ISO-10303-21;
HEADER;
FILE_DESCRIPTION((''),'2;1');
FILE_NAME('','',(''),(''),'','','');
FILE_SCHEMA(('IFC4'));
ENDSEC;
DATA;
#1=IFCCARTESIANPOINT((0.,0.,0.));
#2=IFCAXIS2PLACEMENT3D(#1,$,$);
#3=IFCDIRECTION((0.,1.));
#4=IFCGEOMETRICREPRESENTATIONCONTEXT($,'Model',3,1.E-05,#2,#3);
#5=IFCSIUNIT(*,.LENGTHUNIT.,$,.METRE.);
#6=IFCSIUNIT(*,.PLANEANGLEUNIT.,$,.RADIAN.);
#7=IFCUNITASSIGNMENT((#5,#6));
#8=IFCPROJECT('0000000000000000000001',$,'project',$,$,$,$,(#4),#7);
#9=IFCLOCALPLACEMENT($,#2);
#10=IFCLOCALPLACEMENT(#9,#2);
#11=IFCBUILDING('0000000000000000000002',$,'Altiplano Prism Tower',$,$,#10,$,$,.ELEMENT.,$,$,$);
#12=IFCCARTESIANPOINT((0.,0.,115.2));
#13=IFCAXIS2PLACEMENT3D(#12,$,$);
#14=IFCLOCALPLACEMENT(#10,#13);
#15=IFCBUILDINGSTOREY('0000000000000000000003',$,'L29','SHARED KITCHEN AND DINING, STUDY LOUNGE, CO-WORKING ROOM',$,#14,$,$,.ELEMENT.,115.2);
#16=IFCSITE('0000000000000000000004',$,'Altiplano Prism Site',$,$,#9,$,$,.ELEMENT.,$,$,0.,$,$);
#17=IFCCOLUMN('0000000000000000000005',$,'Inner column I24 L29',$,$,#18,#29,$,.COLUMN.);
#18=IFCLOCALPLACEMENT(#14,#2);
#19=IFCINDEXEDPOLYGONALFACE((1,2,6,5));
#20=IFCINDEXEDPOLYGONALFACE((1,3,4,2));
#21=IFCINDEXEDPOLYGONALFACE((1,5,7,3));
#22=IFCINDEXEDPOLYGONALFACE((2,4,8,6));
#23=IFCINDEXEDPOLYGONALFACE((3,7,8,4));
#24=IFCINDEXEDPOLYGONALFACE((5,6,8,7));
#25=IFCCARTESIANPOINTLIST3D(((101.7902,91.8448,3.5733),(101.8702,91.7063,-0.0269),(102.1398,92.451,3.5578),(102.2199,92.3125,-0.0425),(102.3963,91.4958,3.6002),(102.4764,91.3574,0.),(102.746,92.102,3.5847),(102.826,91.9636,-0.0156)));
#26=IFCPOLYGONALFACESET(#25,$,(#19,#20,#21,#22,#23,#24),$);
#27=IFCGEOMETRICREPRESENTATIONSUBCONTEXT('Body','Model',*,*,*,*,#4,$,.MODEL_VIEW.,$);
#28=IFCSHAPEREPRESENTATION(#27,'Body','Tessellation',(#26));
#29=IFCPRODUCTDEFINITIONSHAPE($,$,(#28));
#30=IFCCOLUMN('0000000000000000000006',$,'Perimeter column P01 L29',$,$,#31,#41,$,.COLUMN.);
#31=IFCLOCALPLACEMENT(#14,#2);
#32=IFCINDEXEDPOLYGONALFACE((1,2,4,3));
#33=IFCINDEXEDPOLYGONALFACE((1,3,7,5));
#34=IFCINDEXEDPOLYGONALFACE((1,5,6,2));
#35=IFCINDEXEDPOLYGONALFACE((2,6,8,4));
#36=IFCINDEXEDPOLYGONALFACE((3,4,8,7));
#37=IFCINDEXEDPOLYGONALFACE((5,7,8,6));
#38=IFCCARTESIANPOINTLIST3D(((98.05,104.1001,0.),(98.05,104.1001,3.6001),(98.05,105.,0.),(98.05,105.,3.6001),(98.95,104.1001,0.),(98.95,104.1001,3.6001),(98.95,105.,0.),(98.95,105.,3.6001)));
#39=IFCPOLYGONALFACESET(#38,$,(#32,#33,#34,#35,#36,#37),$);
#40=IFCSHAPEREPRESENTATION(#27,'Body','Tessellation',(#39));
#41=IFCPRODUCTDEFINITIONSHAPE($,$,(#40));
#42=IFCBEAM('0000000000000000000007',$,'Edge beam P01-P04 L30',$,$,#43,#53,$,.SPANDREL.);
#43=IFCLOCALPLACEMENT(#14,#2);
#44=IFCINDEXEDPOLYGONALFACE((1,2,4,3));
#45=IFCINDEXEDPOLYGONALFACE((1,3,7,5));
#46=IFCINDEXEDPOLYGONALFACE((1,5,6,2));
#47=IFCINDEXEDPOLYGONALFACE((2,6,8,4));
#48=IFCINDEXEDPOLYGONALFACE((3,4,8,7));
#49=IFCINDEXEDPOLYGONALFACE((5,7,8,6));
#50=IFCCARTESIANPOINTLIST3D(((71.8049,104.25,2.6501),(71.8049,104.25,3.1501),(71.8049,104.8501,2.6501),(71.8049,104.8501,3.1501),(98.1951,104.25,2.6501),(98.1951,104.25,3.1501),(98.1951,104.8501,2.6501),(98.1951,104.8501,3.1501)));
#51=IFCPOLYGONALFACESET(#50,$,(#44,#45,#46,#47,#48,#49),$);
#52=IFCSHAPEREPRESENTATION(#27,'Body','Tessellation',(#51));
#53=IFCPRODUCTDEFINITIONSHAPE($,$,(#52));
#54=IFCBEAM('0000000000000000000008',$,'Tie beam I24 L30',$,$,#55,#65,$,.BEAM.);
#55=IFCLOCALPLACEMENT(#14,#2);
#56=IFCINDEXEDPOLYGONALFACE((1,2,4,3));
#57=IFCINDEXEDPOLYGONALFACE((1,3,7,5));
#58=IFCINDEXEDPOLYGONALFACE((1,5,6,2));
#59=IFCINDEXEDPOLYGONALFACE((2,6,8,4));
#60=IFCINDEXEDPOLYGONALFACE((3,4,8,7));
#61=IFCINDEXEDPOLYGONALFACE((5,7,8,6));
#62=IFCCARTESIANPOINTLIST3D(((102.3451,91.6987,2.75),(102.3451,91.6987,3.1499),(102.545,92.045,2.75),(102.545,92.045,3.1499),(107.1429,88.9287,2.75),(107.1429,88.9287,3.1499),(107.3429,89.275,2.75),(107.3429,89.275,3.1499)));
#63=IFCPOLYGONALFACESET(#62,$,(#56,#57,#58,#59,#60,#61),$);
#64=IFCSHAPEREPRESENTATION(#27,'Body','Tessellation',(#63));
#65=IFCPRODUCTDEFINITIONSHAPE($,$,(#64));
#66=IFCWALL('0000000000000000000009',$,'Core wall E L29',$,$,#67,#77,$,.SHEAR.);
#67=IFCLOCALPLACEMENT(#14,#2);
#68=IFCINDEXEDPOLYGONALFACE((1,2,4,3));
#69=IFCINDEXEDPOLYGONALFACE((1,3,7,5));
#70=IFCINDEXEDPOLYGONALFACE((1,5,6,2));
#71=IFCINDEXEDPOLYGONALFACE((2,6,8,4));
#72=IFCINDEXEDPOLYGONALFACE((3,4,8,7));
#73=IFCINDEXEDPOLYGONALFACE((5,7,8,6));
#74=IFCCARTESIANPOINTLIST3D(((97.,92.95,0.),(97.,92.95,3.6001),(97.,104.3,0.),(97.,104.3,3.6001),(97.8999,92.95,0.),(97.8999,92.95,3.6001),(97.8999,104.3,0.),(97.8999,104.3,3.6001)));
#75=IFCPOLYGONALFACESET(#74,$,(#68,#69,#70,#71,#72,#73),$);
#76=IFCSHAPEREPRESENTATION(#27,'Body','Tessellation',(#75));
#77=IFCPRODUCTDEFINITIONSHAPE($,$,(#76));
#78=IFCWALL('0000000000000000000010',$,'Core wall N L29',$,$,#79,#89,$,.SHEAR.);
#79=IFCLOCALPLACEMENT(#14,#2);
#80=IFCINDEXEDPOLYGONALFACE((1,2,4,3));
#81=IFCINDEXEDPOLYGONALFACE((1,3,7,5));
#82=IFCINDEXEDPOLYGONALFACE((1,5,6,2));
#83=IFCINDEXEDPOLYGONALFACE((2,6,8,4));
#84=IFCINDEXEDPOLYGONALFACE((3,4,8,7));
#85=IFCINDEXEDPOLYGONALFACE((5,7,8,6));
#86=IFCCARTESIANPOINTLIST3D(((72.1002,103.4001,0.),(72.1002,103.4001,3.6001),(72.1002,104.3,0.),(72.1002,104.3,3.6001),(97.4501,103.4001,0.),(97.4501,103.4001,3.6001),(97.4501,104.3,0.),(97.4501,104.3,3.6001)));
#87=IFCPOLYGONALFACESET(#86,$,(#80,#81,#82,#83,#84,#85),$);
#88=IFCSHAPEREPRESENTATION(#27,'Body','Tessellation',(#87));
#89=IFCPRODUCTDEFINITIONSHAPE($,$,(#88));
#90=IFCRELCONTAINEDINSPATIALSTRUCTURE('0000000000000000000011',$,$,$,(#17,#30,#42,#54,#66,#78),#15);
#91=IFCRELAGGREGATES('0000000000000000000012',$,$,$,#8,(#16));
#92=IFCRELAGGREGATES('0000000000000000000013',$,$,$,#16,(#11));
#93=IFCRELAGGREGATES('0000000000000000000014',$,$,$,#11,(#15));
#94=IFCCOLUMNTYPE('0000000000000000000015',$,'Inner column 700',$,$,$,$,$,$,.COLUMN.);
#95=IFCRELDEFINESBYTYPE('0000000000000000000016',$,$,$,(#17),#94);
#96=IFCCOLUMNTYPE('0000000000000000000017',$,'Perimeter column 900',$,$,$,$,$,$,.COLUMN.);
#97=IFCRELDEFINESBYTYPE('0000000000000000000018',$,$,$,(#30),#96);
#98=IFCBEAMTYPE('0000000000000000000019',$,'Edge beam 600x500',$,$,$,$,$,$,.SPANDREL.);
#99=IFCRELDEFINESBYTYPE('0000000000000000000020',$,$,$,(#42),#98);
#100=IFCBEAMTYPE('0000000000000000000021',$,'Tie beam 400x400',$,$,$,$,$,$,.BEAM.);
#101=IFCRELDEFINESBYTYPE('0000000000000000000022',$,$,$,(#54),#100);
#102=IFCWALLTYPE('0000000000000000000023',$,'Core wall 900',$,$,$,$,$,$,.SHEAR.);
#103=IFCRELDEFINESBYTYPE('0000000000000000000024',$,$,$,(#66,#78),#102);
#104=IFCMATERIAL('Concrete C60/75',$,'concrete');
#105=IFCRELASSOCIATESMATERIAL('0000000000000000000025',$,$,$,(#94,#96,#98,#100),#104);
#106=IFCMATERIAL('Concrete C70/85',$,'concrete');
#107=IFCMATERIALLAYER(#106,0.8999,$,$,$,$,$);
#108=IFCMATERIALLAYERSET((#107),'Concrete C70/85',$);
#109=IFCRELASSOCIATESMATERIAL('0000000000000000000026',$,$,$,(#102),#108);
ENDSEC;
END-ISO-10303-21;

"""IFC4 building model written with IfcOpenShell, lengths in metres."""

from ifc_helpers import new_model, si_unit, direction, frame, frame_2d, origin, origin_2d, place, context, subcontext, project, spatial, rectangle, extrude, material, layer, layer_set, material_profile, profile_set, type_object, element, save


model = new_model("IFC4")

# Units and contexts
model_context = context("Model", 3, precision=1e-05, world=origin(), true_north=direction((0.0, 1.0)))
body_context = subcontext(model_context, "Body", "Model", "MODEL_VIEW")
ifc_project = project(units=[si_unit("LENGTHUNIT", "METRE"), si_unit("PLANEANGLEUNIT", "RADIAN")], contexts=[model_context])

# Site, building, storey
site_placement = place(None, origin())
site = spatial("IfcSite", under=ifc_project, at=site_placement, Name="Altiplano Prism Site", CompositionType="ELEMENT", RefElevation=0.0)
building_placement = place(site_placement, origin())
building = spatial("IfcBuilding", under=site, at=building_placement, Name="Altiplano Prism Tower", CompositionType="ELEMENT")
storey_placement = place(building_placement, frame((0.0, 0.0, 115.2)))
storey = spatial("IfcBuildingStorey", under=building, at=storey_placement, Name="L29", Description="SHARED KITCHEN AND DINING, STUDY LOUNGE, CO-WORKING ROOM", CompositionType="ELEMENT", Elevation=115.2)

# Columns
ifc_material_1 = material(Name="Concrete C60/75", Category="concrete")
ifc_material_profile_1 = material_profile(ifc_material_1, rectangle(XDim=0.7, YDim=0.7, at=origin_2d()), Name="Inner column 700")
ifc_profile_set_1 = profile_set([ifc_material_profile_1], Name="Concrete C60/75")
column_type_1 = type_object("IfcColumnType", Name="Inner column 700", PredefinedType="COLUMN", material=ifc_profile_set_1)
column_1_placement = place(storey_placement, frame((102.3481, 91.835, -0.0212), z_axis=(-0.022221, 0.038413, 0.999015), x_axis=(-0.499508, -0.866025, 0.022189)))
element("IfcColumn", 1, at=column_1_placement, inside=storey, type_object=column_type_1, Name="Inner column I24 L29", PredefinedType="COLUMN", context=body_context, shape_type="SweptSolid", body=[
    extrude(rectangle(XDim=0.7, YDim=0.7, at=origin_2d()), origin(), (0.0, 0.0, 1.0), 3.6038),
])
ifc_material_profile_2 = material_profile(ifc_material_1, rectangle(XDim=0.8999, YDim=0.8999, at=origin_2d()), Name="Perimeter column 900")
ifc_profile_set_2 = profile_set([ifc_material_profile_2], Name="Concrete C60/75")
column_type_2 = type_object("IfcColumnType", Name="Perimeter column 900", PredefinedType="COLUMN", material=ifc_profile_set_2)
column_2_placement = place(storey_placement, frame((98.5, 104.55, 0.0), z_axis=(0.0, 0.0, 1.0), x_axis=(1.0, 0.0, 0.0)))
element("IfcColumn", 2, at=column_2_placement, inside=storey, type_object=column_type_2, Name="Perimeter column P01 L29", PredefinedType="COLUMN", context=body_context, shape_type="SweptSolid", body=[
    extrude(rectangle(XDim=0.8999, YDim=0.8999, at=origin_2d()), origin(), (0.0, 0.0, 1.0), 3.6001),
])

# Beams
ifc_material_profile_3 = material_profile(ifc_material_1, rectangle(XDim=0.6001, YDim=0.5, at=origin_2d()), Name="Edge beam 600x500")
ifc_profile_set_3 = profile_set([ifc_material_profile_3], Name="Concrete C60/75")
beam_type_1 = type_object("IfcBeamType", Name="Edge beam 600x500", PredefinedType="SPANDREL", material=ifc_profile_set_3)
beam_1_placement = place(storey_placement, frame((98.1951, 104.55, 2.9001), z_axis=(-1.0, 0.0, 0.0), x_axis=(0.0, -1.0, 0.0)))
element("IfcBeam", 3, at=beam_1_placement, inside=storey, type_object=beam_type_1, Name="Edge beam P01-P04 L30", PredefinedType="SPANDREL", context=body_context, shape_type="SweptSolid", body=[
    extrude(rectangle(XDim=0.6001, YDim=0.5, at=origin_2d()), origin(), (0.0, 0.0, 1.0), 26.3901),
])
ifc_material_profile_4 = material_profile(ifc_material_1, rectangle(XDim=0.3999, YDim=0.3999, at=origin_2d()), Name="Tie beam 400x400")
ifc_profile_set_4 = profile_set([ifc_material_profile_4], Name="Concrete C60/75")
beam_type_2 = type_object("IfcBeamType", Name="Tie beam 400x400", PredefinedType="BEAM", material=ifc_profile_set_4)
beam_2_placement = place(storey_placement, frame((102.4451, 91.8718, 2.95), z_axis=(0.866027, -0.499997, 0.0), x_axis=(0.499997, 0.866027, 0.0)))
element("IfcBeam", 4, at=beam_2_placement, inside=storey, type_object=beam_type_2, Name="Tie beam I24 L30", PredefinedType="BEAM", context=body_context, shape_type="SweptSolid", body=[
    extrude(rectangle(XDim=0.3999, YDim=0.3999, at=origin_2d()), origin(), (0.0, 0.0, 1.0), 5.54),
])

# Walls
ifc_material_2 = material(Name="Concrete C70/85", Category="concrete")
ifc_layer_1 = layer(ifc_material_2, 0.8999)
ifc_layer_set_1 = layer_set([ifc_layer_1], Name="Concrete C70/85")
wall_type_1 = type_object("IfcWallType", Name="Core wall 900", PredefinedType="SHEAR", material=ifc_layer_set_1)
wall_1_placement = place(storey_placement, frame((97.45, 92.95, 0.0), z_axis=(0.0, 0.0, 1.0), x_axis=(0.0, 1.0, 0.0)))
element("IfcWall", 5, at=wall_1_placement, inside=storey, type_object=wall_type_1, Name="Core wall E L29", PredefinedType="SHEAR", context=body_context, shape_type="SweptSolid", body=[
    extrude(rectangle(XDim=11.3501, YDim=0.8999, at=frame_2d((5.675, 0.0))), origin(), (0.0, 0.0, 1.0), 3.6001),
])
wall_2_placement = place(storey_placement, frame((97.45, 103.8501, 0.0), z_axis=(0.0, 0.0, 1.0), x_axis=(-1.0, 0.0, 0.0)))
element("IfcWall", 6, at=wall_2_placement, inside=storey, type_object=wall_type_1, Name="Core wall N L29", PredefinedType="SHEAR", context=body_context, shape_type="SweptSolid", body=[
    extrude(rectangle(XDim=25.3499, YDim=0.8999, at=frame_2d((12.6748, 0.0))), origin(), (0.0, 0.0, 1.0), 3.6001),
])

save(model, "model.ifc")
